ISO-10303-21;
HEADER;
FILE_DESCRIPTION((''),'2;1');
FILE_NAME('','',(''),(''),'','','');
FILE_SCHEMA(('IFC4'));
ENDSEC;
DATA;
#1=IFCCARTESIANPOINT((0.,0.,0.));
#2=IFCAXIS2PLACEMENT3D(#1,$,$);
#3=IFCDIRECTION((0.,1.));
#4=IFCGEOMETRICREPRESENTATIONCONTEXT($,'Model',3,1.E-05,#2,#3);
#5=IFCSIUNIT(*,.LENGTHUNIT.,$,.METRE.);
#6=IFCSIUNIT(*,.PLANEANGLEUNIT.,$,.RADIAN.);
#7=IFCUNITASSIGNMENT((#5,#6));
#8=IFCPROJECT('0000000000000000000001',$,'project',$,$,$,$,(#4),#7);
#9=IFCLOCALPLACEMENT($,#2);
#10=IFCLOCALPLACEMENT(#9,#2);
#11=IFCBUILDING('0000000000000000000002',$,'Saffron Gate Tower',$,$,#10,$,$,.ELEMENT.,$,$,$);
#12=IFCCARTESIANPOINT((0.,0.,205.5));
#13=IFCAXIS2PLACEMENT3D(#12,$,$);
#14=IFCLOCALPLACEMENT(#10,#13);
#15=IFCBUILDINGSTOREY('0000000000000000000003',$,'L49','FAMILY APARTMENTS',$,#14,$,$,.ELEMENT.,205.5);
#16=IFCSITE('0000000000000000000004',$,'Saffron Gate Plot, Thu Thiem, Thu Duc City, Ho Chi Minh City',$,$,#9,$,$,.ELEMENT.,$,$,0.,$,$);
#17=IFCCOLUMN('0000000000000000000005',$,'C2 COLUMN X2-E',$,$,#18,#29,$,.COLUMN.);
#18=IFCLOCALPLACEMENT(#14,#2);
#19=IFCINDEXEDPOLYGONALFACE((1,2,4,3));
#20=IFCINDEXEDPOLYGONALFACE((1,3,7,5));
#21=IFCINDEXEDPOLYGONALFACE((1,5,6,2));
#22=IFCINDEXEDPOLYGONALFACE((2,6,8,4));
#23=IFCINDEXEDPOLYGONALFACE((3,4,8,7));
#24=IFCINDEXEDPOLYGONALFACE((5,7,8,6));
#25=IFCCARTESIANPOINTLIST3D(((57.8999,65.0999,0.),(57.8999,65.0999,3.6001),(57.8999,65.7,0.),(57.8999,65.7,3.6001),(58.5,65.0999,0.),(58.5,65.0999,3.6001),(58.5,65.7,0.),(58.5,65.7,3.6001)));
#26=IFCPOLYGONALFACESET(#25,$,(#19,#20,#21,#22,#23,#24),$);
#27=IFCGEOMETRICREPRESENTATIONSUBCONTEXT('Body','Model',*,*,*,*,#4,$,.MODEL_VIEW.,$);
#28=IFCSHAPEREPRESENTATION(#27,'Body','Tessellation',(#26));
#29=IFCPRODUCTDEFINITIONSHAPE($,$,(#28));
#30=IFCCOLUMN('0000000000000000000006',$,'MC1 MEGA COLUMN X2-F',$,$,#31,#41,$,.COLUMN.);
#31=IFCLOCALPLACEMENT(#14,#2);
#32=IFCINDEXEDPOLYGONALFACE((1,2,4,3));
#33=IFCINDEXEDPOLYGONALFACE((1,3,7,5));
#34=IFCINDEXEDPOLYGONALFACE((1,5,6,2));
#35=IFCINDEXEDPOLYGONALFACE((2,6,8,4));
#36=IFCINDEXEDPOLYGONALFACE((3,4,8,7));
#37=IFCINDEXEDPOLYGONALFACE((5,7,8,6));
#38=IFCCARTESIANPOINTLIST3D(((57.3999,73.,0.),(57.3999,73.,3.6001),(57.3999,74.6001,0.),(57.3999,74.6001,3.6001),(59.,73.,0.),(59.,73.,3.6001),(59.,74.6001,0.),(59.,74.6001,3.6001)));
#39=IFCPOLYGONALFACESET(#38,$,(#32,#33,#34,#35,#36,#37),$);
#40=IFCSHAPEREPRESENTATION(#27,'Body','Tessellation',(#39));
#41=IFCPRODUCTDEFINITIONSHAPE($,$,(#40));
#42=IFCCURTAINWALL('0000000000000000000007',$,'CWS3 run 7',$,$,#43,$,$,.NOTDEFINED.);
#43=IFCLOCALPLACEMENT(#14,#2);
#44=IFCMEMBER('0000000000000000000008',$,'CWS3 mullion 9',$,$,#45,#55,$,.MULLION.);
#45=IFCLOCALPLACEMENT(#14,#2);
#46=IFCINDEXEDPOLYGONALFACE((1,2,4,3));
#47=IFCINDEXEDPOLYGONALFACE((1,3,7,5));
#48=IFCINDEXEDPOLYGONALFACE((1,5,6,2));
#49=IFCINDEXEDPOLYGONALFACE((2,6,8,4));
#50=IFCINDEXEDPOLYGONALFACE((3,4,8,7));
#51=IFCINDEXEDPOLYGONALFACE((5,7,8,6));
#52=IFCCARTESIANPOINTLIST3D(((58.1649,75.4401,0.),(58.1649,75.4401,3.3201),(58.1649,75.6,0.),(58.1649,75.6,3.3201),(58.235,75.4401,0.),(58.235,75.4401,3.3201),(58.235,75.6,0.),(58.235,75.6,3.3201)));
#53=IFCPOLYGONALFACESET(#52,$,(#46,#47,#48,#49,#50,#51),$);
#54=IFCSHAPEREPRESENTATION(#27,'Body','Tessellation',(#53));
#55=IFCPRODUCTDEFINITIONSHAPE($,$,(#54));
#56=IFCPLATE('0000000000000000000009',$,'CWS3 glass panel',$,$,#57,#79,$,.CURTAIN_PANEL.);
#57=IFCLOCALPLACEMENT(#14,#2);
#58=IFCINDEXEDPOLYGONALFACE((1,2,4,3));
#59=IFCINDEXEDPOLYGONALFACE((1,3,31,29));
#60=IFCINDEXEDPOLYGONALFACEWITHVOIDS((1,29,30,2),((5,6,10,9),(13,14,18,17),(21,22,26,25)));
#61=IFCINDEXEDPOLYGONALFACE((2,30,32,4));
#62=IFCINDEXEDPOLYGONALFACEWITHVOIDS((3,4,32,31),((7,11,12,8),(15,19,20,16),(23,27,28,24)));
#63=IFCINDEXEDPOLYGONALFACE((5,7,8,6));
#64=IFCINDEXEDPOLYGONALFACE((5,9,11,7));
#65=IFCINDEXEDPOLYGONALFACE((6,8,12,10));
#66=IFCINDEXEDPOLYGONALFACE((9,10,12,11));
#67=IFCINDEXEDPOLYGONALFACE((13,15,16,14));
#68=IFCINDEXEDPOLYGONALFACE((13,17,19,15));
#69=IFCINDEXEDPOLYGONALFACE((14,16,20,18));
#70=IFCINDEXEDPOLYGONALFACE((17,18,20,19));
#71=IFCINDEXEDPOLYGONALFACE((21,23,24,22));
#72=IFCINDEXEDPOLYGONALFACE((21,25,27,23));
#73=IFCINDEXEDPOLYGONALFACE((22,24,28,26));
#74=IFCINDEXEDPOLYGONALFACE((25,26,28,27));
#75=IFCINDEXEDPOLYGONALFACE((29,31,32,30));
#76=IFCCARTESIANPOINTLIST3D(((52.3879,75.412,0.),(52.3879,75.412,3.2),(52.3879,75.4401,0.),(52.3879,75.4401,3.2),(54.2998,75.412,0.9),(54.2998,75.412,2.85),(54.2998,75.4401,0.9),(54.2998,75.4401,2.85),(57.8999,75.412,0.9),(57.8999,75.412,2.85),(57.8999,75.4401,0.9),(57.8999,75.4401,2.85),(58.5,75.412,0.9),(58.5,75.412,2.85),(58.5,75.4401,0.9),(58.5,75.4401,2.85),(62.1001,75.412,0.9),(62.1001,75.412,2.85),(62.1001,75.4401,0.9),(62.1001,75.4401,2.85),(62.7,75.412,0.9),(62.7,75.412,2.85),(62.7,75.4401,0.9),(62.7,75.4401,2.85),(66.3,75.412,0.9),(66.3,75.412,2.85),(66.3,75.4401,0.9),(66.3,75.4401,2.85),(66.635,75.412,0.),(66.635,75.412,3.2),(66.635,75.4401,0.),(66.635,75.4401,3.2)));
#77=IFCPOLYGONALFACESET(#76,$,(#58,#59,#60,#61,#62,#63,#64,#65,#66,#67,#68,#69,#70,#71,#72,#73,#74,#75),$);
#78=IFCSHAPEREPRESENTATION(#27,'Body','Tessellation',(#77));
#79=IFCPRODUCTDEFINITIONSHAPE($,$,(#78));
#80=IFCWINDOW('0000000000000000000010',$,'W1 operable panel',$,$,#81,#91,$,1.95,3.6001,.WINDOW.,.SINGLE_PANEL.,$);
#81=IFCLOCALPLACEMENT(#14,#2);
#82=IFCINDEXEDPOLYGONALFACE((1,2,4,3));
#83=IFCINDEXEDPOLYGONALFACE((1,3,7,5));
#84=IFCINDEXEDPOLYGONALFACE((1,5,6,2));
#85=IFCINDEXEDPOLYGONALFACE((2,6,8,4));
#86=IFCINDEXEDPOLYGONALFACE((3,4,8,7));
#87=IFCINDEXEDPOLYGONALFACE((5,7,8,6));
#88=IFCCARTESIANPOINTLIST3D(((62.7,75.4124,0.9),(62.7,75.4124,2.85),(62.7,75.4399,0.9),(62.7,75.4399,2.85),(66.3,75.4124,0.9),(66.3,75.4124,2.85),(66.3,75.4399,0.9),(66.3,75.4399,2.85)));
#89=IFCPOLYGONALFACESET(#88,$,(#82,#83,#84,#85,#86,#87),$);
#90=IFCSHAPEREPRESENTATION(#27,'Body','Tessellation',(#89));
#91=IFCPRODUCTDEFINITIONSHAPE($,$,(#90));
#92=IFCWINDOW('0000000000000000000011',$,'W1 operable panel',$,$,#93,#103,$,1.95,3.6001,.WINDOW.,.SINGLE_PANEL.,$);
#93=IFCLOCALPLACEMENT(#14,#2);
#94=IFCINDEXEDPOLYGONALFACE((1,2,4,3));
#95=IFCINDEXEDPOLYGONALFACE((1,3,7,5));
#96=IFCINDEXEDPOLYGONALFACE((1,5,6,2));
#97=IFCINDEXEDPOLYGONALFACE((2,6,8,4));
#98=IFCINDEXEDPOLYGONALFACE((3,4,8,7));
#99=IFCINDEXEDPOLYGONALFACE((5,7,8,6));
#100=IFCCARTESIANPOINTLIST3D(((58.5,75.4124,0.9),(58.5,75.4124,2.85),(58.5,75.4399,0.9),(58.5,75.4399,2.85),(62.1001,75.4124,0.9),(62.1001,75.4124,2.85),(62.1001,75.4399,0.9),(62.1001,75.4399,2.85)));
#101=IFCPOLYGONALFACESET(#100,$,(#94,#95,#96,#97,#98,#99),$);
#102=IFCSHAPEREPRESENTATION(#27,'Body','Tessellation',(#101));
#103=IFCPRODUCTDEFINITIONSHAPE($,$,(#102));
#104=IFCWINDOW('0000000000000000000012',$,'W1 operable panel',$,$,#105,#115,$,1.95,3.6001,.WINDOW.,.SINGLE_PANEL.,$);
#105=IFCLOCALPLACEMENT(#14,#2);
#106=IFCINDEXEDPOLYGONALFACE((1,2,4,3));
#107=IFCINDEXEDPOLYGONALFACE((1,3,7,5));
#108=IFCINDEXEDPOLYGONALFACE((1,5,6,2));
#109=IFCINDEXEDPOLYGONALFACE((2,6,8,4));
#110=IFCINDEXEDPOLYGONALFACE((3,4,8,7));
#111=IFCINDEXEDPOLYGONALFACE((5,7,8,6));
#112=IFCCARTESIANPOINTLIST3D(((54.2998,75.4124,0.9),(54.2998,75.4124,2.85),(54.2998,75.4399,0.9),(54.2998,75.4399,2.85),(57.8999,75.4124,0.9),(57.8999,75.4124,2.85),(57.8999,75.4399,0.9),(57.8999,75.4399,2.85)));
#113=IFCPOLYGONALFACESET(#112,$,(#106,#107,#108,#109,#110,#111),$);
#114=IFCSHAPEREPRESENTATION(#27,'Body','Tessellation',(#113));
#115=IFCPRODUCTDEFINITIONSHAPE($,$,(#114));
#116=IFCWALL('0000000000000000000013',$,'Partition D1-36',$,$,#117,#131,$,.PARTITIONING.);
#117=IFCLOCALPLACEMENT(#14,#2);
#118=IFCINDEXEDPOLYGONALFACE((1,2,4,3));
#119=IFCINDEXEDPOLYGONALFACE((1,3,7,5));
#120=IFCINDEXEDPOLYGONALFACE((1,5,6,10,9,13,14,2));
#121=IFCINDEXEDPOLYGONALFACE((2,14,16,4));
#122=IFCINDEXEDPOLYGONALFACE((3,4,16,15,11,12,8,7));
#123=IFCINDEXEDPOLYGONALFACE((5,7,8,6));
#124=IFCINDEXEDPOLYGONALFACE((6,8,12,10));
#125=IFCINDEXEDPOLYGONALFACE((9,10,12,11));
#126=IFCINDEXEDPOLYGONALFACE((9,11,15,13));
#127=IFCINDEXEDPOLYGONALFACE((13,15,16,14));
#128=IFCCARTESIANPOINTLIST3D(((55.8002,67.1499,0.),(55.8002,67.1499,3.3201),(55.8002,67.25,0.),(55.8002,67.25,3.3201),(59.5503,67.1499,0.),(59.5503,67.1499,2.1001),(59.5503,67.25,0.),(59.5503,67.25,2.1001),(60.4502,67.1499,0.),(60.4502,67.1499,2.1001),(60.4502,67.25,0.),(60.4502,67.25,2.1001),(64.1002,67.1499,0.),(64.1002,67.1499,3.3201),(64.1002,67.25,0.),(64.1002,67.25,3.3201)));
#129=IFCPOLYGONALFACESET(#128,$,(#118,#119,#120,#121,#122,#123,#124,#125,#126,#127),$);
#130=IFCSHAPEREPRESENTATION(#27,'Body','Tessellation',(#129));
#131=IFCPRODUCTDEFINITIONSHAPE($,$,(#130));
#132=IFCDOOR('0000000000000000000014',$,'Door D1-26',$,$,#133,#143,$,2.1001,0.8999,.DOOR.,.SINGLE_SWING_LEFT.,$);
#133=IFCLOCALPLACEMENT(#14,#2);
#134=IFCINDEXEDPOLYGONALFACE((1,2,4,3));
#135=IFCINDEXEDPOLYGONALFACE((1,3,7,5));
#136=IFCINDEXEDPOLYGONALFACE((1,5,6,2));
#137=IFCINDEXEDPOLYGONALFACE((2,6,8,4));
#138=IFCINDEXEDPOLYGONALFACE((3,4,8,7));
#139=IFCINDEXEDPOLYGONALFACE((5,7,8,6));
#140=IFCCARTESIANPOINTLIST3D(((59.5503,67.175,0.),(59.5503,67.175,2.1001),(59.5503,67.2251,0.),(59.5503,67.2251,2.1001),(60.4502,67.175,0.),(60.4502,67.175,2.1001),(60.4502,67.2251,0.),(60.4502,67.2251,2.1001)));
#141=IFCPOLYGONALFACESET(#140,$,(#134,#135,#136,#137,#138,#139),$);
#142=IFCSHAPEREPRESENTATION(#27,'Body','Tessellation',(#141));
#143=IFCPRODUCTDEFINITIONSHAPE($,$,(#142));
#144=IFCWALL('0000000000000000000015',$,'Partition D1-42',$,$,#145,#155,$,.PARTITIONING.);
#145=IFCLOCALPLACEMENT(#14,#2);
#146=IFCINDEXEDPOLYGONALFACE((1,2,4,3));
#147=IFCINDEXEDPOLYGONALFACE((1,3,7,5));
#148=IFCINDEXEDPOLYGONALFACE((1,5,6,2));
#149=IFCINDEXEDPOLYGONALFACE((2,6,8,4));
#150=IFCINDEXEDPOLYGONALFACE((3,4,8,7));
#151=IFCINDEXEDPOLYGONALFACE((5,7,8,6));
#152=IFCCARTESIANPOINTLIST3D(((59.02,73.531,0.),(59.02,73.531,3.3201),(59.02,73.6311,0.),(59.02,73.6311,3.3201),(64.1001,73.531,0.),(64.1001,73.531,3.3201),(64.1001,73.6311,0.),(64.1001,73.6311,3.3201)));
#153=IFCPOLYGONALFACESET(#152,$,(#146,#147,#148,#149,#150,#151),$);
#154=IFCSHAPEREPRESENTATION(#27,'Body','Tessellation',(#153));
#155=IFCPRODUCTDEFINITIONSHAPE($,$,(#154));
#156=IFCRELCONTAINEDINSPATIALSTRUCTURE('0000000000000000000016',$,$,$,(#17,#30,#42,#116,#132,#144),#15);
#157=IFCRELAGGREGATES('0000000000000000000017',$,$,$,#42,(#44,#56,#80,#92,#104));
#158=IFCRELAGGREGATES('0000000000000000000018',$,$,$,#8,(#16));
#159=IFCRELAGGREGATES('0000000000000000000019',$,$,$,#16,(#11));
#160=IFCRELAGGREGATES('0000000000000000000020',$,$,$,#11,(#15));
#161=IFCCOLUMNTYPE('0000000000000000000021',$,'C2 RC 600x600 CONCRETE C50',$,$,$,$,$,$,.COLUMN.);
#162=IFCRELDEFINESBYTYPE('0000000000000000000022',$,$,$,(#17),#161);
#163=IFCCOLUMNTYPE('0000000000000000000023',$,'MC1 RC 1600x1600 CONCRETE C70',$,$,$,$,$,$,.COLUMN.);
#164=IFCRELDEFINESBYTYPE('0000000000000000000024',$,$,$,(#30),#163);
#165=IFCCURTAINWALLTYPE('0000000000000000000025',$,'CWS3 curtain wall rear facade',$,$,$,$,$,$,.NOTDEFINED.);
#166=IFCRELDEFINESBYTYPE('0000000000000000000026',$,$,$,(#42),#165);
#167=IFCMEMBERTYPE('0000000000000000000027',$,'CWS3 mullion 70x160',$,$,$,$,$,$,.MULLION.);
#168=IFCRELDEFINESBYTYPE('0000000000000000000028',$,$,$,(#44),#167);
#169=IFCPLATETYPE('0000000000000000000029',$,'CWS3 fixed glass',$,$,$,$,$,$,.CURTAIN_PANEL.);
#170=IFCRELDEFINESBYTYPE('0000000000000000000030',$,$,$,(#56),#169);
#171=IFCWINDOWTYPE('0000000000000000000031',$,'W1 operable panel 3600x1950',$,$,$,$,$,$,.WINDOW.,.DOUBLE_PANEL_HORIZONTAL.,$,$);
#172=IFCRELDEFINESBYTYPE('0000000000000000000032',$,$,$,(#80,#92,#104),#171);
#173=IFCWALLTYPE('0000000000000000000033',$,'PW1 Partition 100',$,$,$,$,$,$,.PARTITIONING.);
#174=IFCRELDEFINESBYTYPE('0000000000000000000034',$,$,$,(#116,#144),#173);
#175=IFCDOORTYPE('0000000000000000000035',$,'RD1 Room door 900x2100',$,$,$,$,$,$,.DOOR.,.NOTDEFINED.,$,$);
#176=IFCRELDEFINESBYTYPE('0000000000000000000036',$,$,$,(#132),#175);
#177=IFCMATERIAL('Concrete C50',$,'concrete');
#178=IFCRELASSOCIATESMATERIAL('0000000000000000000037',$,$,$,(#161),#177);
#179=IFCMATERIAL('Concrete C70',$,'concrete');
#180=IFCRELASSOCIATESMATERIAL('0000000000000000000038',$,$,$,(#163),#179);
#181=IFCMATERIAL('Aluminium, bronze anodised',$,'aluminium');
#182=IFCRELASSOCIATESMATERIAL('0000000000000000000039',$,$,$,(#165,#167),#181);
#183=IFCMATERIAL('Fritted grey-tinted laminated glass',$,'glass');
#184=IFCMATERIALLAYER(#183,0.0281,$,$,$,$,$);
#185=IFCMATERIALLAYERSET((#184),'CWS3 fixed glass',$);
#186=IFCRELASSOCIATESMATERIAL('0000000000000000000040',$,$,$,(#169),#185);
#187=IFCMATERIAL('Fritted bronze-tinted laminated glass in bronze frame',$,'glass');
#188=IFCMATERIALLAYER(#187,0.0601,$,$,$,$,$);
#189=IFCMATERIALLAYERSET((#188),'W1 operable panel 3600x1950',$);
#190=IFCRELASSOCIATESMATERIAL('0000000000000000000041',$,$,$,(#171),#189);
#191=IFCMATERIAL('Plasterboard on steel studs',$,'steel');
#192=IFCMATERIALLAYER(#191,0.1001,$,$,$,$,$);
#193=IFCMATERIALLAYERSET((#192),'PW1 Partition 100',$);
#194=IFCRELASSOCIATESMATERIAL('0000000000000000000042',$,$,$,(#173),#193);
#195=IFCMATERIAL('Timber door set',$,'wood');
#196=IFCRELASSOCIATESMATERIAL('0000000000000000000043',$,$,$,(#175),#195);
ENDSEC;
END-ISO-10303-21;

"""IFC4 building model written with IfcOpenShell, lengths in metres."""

from ifc_helpers import new_model, si_unit, direction, frame, frame_2d, origin, origin_2d, place, context, subcontext, project, spatial, rectangle, extrude, material, layer, layer_set, material_profile, profile_set, type_object, element, fill, aggregate, save


model = new_model("IFC4")

# Units and contexts
model_context = context("Model", 3, precision=1e-05, world=origin(), true_north=direction((0.0, 1.0)))
body_context = subcontext(model_context, "Body", "Model", "MODEL_VIEW")
ifc_project = project(units=[si_unit("LENGTHUNIT", "METRE"), si_unit("PLANEANGLEUNIT", "RADIAN")], contexts=[model_context])

# Site, building, storey
site_placement = place(None, origin())
site = spatial("IfcSite", under=ifc_project, at=site_placement, Name="Saffron Gate Plot, Thu Thiem, Thu Duc City, Ho Chi Minh City", CompositionType="ELEMENT", RefElevation=0.0)
building_placement = place(site_placement, origin())
building = spatial("IfcBuilding", under=site, at=building_placement, Name="Saffron Gate Tower", CompositionType="ELEMENT")
storey_placement = place(building_placement, frame((0.0, 0.0, 205.5)))
storey = spatial("IfcBuildingStorey", under=building, at=storey_placement, Name="L49", Description="FAMILY APARTMENTS", CompositionType="ELEMENT", Elevation=205.5)

# Columns
ifc_material_1 = material(Name="Concrete C50", Category="concrete")
ifc_material_profile_1 = material_profile(ifc_material_1, rectangle(XDim=0.6001, YDim=0.6001, at=origin_2d()))
ifc_profile_set_1 = profile_set([ifc_material_profile_1], Name="Concrete C50")
column_type_1 = type_object("IfcColumnType", Name="C2 RC 600x600 CONCRETE C50", PredefinedType="COLUMN", material=ifc_profile_set_1)
column_1_placement = place(storey_placement, frame((58.2, 65.3999, 0.0), z_axis=(0.0, 0.0, 1.0), x_axis=(1.0, 0.0, 0.0)))
element("IfcColumn", 1, at=column_1_placement, inside=storey, type_object=column_type_1, Name="C2 COLUMN X2-E", PredefinedType="COLUMN", context=body_context, shape_type="SweptSolid", body=[
    extrude(rectangle(XDim=0.6001, YDim=0.6001, at=origin_2d()), origin(), (0.0, 0.0, 1.0), 3.6001),
])
ifc_material_2 = material(Name="Concrete C70", Category="concrete")
ifc_material_profile_2 = material_profile(ifc_material_2, rectangle(XDim=1.6001, YDim=1.6001, at=origin_2d()))
ifc_profile_set_2 = profile_set([ifc_material_profile_2], Name="Concrete C70")
column_type_2 = type_object("IfcColumnType", Name="MC1 RC 1600x1600 CONCRETE C70", PredefinedType="COLUMN", material=ifc_profile_set_2)
column_2_placement = place(storey_placement, frame((58.2, 73.8, 0.0), z_axis=(0.0, 0.0, 1.0), x_axis=(1.0, 0.0, 0.0)))
element("IfcColumn", 2, at=column_2_placement, inside=storey, type_object=column_type_2, Name="MC1 MEGA COLUMN X2-F", PredefinedType="COLUMN", context=body_context, shape_type="SweptSolid", body=[
    extrude(rectangle(XDim=1.6001, YDim=1.6001, at=origin_2d()), origin(), (0.0, 0.0, 1.0), 3.6001),
])

# Curtain wall, member, plate, openings, windows
ifc_material_3 = material(Name="Aluminium, bronze anodised", Category="aluminium")
curtain_wall_type = type_object("IfcCurtainWallType", Name="CWS3 curtain wall rear facade", PredefinedType="NOTDEFINED", material=ifc_material_3)
curtain_wall_placement = place(storey_placement, origin())
curtain_wall = element("IfcCurtainWall", 3, at=curtain_wall_placement, inside=storey, type_object=curtain_wall_type, Name="CWS3 run 7", PredefinedType="NOTDEFINED")
ifc_material_profile_3 = material_profile(ifc_material_3, rectangle(XDim=0.1599, YDim=0.0701, at=origin_2d()))
ifc_profile_set_3 = profile_set([ifc_material_profile_3], Name="Aluminium, bronze anodised")
member_type = type_object("IfcMemberType", Name="CWS3 mullion 70x160", PredefinedType="MULLION", material=ifc_profile_set_3)
member_placement = place(storey_placement, frame((58.2, 75.52, 0.0), z_axis=(0.0, 0.0, 1.0), x_axis=(0.0, -1.0, 0.0)))
member = element("IfcMember", 4, at=member_placement, type_object=member_type, Name="CWS3 mullion 9", PredefinedType="MULLION", context=body_context, shape_type="SweptSolid", body=[
    extrude(rectangle(XDim=0.1599, YDim=0.0701, at=origin_2d()), origin(), (0.0, 0.0, 1.0), 3.3201),
])
ifc_material_4 = material(Name="Fritted grey-tinted laminated glass", Category="glass")
ifc_layer_1 = layer(ifc_material_4, 0.0281)
ifc_layer_set_1 = layer_set([ifc_layer_1], Name="CWS3 fixed glass")
plate_type = type_object("IfcPlateType", Name="CWS3 fixed glass", PredefinedType="CURTAIN_PANEL", material=ifc_layer_set_1)
plate_placement = place(storey_placement, frame((66.635, 75.426, 0.0), z_axis=(0.0, 0.0, 1.0), x_axis=(-1.0, 0.0, 0.0)))
plate = element("IfcPlate", 5, at=plate_placement, type_object=plate_type, Name="CWS3 glass panel", PredefinedType="CURTAIN_PANEL", context=body_context, shape_type="SweptSolid", body=[
    extrude(rectangle(XDim=14.2471, YDim=0.0281, at=frame_2d((7.1235, 0.0))), origin(), (0.0, 0.0, 1.0), 3.2),
])
opening_1_placement = place(plate_placement, frame((0.335, 0.0, 0.8999)))
opening_1 = element("IfcOpeningElement", 6, at=opening_1_placement, cuts=plate, PredefinedType="OPENING", context=body_context, shape_type="SweptSolid", body=[
    extrude(rectangle(XDim=3.6001, YDim=1.95, at=frame_2d((1.8, 0.9751))), frame((0.0, 0.0239, 0.0), z_axis=(0.0, -1.0, 0.0), x_axis=(1.0, 0.0, 0.0)), (0.0, 0.0, 1.0), 0.0481),
])
opening_2_placement = place(plate_placement, frame((4.5349, 0.0, 0.8999)))
opening_2 = element("IfcOpeningElement", 7, at=opening_2_placement, cuts=plate, PredefinedType="OPENING", context=body_context, shape_type="SweptSolid", body=[
    extrude(rectangle(XDim=3.6001, YDim=1.95, at=frame_2d((1.8, 0.9751))), frame((0.0, 0.0239, 0.0), z_axis=(0.0, -1.0, 0.0), x_axis=(1.0, 0.0, 0.0)), (0.0, 0.0, 1.0), 0.0481),
])
opening_3_placement = place(plate_placement, frame((8.7351, 0.0, 0.8999)))
opening_3 = element("IfcOpeningElement", 8, at=opening_3_placement, cuts=plate, PredefinedType="OPENING", context=body_context, shape_type="SweptSolid", body=[
    extrude(rectangle(XDim=3.6001, YDim=1.95, at=frame_2d((1.8, 0.9751))), frame((0.0, 0.0239, 0.0), z_axis=(0.0, -1.0, 0.0), x_axis=(1.0, 0.0, 0.0)), (0.0, 0.0, 1.0), 0.0481),
])
ifc_material_5 = material(Name="Fritted bronze-tinted laminated glass in bronze frame", Category="glass")
ifc_layer_2 = layer(ifc_material_5, 0.0601)
ifc_layer_set_2 = layer_set([ifc_layer_2], Name="W1 operable panel 3600x1950")
window_type = type_object("IfcWindowType", Name="W1 operable panel 3600x1950", PartitioningType="DOUBLE_PANEL_HORIZONTAL", PredefinedType="WINDOW", material=ifc_layer_set_2)
window_1_placement = place(opening_1_placement, origin())
window_1 = element("IfcWindow", 9, at=window_1_placement, type_object=window_type, Name="W1 operable panel", OverallHeight=1.95, OverallWidth=3.6001, PartitioningType="SINGLE_PANEL", PredefinedType="WINDOW", context=body_context, shape_type="SweptSolid", body=[
    extrude(rectangle(XDim=3.6001, YDim=1.95, at=frame_2d((1.8, 0.9751))), frame((0.0, 0.0137, 0.0), z_axis=(0.0, -1.0, 0.0), x_axis=(1.0, 0.0, 0.0)), (0.0, 0.0, 1.0), 0.0276),
])
fill(opening_1, window_1)
window_2_placement = place(opening_2_placement, origin())
window_2 = element("IfcWindow", 10, at=window_2_placement, type_object=window_type, Name="W1 operable panel", OverallHeight=1.95, OverallWidth=3.6001, PartitioningType="SINGLE_PANEL", PredefinedType="WINDOW", context=body_context, shape_type="SweptSolid", body=[
    extrude(rectangle(XDim=3.6001, YDim=1.95, at=frame_2d((1.8, 0.9751))), frame((0.0, 0.0137, 0.0), z_axis=(0.0, -1.0, 0.0), x_axis=(1.0, 0.0, 0.0)), (0.0, 0.0, 1.0), 0.0276),
])
fill(opening_2, window_2)
window_3_placement = place(opening_3_placement, origin())
window_3 = element("IfcWindow", 11, at=window_3_placement, type_object=window_type, Name="W1 operable panel", OverallHeight=1.95, OverallWidth=3.6001, PartitioningType="SINGLE_PANEL", PredefinedType="WINDOW", context=body_context, shape_type="SweptSolid", body=[
    extrude(rectangle(XDim=3.6001, YDim=1.95, at=frame_2d((1.8, 0.9751))), frame((0.0, 0.0137, 0.0), z_axis=(0.0, -1.0, 0.0), x_axis=(1.0, 0.0, 0.0)), (0.0, 0.0, 1.0), 0.0276),
])
fill(opening_3, window_3)
aggregate(curtain_wall, [member, plate, window_1, window_2, window_3])

# Wall, opening, door
ifc_material_6 = material(Name="Plasterboard on steel studs", Category="steel")
ifc_layer_3 = layer(ifc_material_6, 0.1001)
ifc_layer_set_3 = layer_set([ifc_layer_3], Name="PW1 Partition 100")
wall_type = type_object("IfcWallType", Name="PW1 Partition 100", PredefinedType="PARTITIONING", material=ifc_layer_set_3)
wall_1_placement = place(storey_placement, frame((64.1001, 67.2, 0.0), z_axis=(0.0, 0.0, 1.0), x_axis=(-1.0, 0.0, 0.0)))
wall_1 = element("IfcWall", 12, at=wall_1_placement, inside=storey, type_object=wall_type, Name="Partition D1-36", PredefinedType="PARTITIONING", context=body_context, shape_type="SweptSolid", body=[
    extrude(rectangle(XDim=8.3, YDim=0.1001, at=frame_2d((4.1499, 0.0))), origin(), (0.0, 0.0, 1.0), 3.3201),
])
opening_4_placement = place(wall_1_placement, frame((3.6499, 0.0, 0.0)))
opening_4 = element("IfcOpeningElement", 13, at=opening_4_placement, cuts=wall_1, PredefinedType="OPENING", context=body_context, shape_type="SweptSolid", body=[
    extrude(rectangle(XDim=0.8999, YDim=2.1001, at=frame_2d((0.45, 1.05))), frame((0.0, 0.0601, 0.0), z_axis=(0.0, -1.0, 0.0), x_axis=(1.0, 0.0, 0.0)), (0.0, 0.0, 1.0), 0.1201),
])
ifc_material_7 = material(Name="Timber door set", Category="wood")
door_type = type_object("IfcDoorType", Name="RD1 Room door 900x2100", OperationType="NOTDEFINED", PredefinedType="DOOR", material=ifc_material_7)
door_placement = place(opening_4_placement, origin())
door = element("IfcDoor", 14, at=door_placement, inside=storey, type_object=door_type, Name="Door D1-26", OperationType="SINGLE_SWING_LEFT", OverallHeight=2.1001, OverallWidth=0.8999, PredefinedType="DOOR", context=body_context, shape_type="SweptSolid", body=[
    extrude(rectangle(XDim=0.8999, YDim=2.1001, at=frame_2d((0.45, 1.05))), frame((0.0, 0.0249, 0.0), z_axis=(0.0, -1.0, 0.0), x_axis=(1.0, 0.0, 0.0)), (0.0, 0.0, 1.0), 0.05),
])
fill(opening_4, door)

# Wall
wall_2_placement = place(storey_placement, frame((59.02, 73.5811, 0.0), z_axis=(0.0, 0.0, 1.0), x_axis=(1.0, 0.0, 0.0)))
element("IfcWall", 15, at=wall_2_placement, inside=storey, type_object=wall_type, Name="Partition D1-42", PredefinedType="PARTITIONING", context=body_context, shape_type="SweptSolid", body=[
    extrude(rectangle(XDim=5.0801, YDim=0.1001, at=frame_2d((2.54, 0.0))), origin(), (0.0, 0.0, 1.0), 3.3201),
])

save(model, "model.ifc")
